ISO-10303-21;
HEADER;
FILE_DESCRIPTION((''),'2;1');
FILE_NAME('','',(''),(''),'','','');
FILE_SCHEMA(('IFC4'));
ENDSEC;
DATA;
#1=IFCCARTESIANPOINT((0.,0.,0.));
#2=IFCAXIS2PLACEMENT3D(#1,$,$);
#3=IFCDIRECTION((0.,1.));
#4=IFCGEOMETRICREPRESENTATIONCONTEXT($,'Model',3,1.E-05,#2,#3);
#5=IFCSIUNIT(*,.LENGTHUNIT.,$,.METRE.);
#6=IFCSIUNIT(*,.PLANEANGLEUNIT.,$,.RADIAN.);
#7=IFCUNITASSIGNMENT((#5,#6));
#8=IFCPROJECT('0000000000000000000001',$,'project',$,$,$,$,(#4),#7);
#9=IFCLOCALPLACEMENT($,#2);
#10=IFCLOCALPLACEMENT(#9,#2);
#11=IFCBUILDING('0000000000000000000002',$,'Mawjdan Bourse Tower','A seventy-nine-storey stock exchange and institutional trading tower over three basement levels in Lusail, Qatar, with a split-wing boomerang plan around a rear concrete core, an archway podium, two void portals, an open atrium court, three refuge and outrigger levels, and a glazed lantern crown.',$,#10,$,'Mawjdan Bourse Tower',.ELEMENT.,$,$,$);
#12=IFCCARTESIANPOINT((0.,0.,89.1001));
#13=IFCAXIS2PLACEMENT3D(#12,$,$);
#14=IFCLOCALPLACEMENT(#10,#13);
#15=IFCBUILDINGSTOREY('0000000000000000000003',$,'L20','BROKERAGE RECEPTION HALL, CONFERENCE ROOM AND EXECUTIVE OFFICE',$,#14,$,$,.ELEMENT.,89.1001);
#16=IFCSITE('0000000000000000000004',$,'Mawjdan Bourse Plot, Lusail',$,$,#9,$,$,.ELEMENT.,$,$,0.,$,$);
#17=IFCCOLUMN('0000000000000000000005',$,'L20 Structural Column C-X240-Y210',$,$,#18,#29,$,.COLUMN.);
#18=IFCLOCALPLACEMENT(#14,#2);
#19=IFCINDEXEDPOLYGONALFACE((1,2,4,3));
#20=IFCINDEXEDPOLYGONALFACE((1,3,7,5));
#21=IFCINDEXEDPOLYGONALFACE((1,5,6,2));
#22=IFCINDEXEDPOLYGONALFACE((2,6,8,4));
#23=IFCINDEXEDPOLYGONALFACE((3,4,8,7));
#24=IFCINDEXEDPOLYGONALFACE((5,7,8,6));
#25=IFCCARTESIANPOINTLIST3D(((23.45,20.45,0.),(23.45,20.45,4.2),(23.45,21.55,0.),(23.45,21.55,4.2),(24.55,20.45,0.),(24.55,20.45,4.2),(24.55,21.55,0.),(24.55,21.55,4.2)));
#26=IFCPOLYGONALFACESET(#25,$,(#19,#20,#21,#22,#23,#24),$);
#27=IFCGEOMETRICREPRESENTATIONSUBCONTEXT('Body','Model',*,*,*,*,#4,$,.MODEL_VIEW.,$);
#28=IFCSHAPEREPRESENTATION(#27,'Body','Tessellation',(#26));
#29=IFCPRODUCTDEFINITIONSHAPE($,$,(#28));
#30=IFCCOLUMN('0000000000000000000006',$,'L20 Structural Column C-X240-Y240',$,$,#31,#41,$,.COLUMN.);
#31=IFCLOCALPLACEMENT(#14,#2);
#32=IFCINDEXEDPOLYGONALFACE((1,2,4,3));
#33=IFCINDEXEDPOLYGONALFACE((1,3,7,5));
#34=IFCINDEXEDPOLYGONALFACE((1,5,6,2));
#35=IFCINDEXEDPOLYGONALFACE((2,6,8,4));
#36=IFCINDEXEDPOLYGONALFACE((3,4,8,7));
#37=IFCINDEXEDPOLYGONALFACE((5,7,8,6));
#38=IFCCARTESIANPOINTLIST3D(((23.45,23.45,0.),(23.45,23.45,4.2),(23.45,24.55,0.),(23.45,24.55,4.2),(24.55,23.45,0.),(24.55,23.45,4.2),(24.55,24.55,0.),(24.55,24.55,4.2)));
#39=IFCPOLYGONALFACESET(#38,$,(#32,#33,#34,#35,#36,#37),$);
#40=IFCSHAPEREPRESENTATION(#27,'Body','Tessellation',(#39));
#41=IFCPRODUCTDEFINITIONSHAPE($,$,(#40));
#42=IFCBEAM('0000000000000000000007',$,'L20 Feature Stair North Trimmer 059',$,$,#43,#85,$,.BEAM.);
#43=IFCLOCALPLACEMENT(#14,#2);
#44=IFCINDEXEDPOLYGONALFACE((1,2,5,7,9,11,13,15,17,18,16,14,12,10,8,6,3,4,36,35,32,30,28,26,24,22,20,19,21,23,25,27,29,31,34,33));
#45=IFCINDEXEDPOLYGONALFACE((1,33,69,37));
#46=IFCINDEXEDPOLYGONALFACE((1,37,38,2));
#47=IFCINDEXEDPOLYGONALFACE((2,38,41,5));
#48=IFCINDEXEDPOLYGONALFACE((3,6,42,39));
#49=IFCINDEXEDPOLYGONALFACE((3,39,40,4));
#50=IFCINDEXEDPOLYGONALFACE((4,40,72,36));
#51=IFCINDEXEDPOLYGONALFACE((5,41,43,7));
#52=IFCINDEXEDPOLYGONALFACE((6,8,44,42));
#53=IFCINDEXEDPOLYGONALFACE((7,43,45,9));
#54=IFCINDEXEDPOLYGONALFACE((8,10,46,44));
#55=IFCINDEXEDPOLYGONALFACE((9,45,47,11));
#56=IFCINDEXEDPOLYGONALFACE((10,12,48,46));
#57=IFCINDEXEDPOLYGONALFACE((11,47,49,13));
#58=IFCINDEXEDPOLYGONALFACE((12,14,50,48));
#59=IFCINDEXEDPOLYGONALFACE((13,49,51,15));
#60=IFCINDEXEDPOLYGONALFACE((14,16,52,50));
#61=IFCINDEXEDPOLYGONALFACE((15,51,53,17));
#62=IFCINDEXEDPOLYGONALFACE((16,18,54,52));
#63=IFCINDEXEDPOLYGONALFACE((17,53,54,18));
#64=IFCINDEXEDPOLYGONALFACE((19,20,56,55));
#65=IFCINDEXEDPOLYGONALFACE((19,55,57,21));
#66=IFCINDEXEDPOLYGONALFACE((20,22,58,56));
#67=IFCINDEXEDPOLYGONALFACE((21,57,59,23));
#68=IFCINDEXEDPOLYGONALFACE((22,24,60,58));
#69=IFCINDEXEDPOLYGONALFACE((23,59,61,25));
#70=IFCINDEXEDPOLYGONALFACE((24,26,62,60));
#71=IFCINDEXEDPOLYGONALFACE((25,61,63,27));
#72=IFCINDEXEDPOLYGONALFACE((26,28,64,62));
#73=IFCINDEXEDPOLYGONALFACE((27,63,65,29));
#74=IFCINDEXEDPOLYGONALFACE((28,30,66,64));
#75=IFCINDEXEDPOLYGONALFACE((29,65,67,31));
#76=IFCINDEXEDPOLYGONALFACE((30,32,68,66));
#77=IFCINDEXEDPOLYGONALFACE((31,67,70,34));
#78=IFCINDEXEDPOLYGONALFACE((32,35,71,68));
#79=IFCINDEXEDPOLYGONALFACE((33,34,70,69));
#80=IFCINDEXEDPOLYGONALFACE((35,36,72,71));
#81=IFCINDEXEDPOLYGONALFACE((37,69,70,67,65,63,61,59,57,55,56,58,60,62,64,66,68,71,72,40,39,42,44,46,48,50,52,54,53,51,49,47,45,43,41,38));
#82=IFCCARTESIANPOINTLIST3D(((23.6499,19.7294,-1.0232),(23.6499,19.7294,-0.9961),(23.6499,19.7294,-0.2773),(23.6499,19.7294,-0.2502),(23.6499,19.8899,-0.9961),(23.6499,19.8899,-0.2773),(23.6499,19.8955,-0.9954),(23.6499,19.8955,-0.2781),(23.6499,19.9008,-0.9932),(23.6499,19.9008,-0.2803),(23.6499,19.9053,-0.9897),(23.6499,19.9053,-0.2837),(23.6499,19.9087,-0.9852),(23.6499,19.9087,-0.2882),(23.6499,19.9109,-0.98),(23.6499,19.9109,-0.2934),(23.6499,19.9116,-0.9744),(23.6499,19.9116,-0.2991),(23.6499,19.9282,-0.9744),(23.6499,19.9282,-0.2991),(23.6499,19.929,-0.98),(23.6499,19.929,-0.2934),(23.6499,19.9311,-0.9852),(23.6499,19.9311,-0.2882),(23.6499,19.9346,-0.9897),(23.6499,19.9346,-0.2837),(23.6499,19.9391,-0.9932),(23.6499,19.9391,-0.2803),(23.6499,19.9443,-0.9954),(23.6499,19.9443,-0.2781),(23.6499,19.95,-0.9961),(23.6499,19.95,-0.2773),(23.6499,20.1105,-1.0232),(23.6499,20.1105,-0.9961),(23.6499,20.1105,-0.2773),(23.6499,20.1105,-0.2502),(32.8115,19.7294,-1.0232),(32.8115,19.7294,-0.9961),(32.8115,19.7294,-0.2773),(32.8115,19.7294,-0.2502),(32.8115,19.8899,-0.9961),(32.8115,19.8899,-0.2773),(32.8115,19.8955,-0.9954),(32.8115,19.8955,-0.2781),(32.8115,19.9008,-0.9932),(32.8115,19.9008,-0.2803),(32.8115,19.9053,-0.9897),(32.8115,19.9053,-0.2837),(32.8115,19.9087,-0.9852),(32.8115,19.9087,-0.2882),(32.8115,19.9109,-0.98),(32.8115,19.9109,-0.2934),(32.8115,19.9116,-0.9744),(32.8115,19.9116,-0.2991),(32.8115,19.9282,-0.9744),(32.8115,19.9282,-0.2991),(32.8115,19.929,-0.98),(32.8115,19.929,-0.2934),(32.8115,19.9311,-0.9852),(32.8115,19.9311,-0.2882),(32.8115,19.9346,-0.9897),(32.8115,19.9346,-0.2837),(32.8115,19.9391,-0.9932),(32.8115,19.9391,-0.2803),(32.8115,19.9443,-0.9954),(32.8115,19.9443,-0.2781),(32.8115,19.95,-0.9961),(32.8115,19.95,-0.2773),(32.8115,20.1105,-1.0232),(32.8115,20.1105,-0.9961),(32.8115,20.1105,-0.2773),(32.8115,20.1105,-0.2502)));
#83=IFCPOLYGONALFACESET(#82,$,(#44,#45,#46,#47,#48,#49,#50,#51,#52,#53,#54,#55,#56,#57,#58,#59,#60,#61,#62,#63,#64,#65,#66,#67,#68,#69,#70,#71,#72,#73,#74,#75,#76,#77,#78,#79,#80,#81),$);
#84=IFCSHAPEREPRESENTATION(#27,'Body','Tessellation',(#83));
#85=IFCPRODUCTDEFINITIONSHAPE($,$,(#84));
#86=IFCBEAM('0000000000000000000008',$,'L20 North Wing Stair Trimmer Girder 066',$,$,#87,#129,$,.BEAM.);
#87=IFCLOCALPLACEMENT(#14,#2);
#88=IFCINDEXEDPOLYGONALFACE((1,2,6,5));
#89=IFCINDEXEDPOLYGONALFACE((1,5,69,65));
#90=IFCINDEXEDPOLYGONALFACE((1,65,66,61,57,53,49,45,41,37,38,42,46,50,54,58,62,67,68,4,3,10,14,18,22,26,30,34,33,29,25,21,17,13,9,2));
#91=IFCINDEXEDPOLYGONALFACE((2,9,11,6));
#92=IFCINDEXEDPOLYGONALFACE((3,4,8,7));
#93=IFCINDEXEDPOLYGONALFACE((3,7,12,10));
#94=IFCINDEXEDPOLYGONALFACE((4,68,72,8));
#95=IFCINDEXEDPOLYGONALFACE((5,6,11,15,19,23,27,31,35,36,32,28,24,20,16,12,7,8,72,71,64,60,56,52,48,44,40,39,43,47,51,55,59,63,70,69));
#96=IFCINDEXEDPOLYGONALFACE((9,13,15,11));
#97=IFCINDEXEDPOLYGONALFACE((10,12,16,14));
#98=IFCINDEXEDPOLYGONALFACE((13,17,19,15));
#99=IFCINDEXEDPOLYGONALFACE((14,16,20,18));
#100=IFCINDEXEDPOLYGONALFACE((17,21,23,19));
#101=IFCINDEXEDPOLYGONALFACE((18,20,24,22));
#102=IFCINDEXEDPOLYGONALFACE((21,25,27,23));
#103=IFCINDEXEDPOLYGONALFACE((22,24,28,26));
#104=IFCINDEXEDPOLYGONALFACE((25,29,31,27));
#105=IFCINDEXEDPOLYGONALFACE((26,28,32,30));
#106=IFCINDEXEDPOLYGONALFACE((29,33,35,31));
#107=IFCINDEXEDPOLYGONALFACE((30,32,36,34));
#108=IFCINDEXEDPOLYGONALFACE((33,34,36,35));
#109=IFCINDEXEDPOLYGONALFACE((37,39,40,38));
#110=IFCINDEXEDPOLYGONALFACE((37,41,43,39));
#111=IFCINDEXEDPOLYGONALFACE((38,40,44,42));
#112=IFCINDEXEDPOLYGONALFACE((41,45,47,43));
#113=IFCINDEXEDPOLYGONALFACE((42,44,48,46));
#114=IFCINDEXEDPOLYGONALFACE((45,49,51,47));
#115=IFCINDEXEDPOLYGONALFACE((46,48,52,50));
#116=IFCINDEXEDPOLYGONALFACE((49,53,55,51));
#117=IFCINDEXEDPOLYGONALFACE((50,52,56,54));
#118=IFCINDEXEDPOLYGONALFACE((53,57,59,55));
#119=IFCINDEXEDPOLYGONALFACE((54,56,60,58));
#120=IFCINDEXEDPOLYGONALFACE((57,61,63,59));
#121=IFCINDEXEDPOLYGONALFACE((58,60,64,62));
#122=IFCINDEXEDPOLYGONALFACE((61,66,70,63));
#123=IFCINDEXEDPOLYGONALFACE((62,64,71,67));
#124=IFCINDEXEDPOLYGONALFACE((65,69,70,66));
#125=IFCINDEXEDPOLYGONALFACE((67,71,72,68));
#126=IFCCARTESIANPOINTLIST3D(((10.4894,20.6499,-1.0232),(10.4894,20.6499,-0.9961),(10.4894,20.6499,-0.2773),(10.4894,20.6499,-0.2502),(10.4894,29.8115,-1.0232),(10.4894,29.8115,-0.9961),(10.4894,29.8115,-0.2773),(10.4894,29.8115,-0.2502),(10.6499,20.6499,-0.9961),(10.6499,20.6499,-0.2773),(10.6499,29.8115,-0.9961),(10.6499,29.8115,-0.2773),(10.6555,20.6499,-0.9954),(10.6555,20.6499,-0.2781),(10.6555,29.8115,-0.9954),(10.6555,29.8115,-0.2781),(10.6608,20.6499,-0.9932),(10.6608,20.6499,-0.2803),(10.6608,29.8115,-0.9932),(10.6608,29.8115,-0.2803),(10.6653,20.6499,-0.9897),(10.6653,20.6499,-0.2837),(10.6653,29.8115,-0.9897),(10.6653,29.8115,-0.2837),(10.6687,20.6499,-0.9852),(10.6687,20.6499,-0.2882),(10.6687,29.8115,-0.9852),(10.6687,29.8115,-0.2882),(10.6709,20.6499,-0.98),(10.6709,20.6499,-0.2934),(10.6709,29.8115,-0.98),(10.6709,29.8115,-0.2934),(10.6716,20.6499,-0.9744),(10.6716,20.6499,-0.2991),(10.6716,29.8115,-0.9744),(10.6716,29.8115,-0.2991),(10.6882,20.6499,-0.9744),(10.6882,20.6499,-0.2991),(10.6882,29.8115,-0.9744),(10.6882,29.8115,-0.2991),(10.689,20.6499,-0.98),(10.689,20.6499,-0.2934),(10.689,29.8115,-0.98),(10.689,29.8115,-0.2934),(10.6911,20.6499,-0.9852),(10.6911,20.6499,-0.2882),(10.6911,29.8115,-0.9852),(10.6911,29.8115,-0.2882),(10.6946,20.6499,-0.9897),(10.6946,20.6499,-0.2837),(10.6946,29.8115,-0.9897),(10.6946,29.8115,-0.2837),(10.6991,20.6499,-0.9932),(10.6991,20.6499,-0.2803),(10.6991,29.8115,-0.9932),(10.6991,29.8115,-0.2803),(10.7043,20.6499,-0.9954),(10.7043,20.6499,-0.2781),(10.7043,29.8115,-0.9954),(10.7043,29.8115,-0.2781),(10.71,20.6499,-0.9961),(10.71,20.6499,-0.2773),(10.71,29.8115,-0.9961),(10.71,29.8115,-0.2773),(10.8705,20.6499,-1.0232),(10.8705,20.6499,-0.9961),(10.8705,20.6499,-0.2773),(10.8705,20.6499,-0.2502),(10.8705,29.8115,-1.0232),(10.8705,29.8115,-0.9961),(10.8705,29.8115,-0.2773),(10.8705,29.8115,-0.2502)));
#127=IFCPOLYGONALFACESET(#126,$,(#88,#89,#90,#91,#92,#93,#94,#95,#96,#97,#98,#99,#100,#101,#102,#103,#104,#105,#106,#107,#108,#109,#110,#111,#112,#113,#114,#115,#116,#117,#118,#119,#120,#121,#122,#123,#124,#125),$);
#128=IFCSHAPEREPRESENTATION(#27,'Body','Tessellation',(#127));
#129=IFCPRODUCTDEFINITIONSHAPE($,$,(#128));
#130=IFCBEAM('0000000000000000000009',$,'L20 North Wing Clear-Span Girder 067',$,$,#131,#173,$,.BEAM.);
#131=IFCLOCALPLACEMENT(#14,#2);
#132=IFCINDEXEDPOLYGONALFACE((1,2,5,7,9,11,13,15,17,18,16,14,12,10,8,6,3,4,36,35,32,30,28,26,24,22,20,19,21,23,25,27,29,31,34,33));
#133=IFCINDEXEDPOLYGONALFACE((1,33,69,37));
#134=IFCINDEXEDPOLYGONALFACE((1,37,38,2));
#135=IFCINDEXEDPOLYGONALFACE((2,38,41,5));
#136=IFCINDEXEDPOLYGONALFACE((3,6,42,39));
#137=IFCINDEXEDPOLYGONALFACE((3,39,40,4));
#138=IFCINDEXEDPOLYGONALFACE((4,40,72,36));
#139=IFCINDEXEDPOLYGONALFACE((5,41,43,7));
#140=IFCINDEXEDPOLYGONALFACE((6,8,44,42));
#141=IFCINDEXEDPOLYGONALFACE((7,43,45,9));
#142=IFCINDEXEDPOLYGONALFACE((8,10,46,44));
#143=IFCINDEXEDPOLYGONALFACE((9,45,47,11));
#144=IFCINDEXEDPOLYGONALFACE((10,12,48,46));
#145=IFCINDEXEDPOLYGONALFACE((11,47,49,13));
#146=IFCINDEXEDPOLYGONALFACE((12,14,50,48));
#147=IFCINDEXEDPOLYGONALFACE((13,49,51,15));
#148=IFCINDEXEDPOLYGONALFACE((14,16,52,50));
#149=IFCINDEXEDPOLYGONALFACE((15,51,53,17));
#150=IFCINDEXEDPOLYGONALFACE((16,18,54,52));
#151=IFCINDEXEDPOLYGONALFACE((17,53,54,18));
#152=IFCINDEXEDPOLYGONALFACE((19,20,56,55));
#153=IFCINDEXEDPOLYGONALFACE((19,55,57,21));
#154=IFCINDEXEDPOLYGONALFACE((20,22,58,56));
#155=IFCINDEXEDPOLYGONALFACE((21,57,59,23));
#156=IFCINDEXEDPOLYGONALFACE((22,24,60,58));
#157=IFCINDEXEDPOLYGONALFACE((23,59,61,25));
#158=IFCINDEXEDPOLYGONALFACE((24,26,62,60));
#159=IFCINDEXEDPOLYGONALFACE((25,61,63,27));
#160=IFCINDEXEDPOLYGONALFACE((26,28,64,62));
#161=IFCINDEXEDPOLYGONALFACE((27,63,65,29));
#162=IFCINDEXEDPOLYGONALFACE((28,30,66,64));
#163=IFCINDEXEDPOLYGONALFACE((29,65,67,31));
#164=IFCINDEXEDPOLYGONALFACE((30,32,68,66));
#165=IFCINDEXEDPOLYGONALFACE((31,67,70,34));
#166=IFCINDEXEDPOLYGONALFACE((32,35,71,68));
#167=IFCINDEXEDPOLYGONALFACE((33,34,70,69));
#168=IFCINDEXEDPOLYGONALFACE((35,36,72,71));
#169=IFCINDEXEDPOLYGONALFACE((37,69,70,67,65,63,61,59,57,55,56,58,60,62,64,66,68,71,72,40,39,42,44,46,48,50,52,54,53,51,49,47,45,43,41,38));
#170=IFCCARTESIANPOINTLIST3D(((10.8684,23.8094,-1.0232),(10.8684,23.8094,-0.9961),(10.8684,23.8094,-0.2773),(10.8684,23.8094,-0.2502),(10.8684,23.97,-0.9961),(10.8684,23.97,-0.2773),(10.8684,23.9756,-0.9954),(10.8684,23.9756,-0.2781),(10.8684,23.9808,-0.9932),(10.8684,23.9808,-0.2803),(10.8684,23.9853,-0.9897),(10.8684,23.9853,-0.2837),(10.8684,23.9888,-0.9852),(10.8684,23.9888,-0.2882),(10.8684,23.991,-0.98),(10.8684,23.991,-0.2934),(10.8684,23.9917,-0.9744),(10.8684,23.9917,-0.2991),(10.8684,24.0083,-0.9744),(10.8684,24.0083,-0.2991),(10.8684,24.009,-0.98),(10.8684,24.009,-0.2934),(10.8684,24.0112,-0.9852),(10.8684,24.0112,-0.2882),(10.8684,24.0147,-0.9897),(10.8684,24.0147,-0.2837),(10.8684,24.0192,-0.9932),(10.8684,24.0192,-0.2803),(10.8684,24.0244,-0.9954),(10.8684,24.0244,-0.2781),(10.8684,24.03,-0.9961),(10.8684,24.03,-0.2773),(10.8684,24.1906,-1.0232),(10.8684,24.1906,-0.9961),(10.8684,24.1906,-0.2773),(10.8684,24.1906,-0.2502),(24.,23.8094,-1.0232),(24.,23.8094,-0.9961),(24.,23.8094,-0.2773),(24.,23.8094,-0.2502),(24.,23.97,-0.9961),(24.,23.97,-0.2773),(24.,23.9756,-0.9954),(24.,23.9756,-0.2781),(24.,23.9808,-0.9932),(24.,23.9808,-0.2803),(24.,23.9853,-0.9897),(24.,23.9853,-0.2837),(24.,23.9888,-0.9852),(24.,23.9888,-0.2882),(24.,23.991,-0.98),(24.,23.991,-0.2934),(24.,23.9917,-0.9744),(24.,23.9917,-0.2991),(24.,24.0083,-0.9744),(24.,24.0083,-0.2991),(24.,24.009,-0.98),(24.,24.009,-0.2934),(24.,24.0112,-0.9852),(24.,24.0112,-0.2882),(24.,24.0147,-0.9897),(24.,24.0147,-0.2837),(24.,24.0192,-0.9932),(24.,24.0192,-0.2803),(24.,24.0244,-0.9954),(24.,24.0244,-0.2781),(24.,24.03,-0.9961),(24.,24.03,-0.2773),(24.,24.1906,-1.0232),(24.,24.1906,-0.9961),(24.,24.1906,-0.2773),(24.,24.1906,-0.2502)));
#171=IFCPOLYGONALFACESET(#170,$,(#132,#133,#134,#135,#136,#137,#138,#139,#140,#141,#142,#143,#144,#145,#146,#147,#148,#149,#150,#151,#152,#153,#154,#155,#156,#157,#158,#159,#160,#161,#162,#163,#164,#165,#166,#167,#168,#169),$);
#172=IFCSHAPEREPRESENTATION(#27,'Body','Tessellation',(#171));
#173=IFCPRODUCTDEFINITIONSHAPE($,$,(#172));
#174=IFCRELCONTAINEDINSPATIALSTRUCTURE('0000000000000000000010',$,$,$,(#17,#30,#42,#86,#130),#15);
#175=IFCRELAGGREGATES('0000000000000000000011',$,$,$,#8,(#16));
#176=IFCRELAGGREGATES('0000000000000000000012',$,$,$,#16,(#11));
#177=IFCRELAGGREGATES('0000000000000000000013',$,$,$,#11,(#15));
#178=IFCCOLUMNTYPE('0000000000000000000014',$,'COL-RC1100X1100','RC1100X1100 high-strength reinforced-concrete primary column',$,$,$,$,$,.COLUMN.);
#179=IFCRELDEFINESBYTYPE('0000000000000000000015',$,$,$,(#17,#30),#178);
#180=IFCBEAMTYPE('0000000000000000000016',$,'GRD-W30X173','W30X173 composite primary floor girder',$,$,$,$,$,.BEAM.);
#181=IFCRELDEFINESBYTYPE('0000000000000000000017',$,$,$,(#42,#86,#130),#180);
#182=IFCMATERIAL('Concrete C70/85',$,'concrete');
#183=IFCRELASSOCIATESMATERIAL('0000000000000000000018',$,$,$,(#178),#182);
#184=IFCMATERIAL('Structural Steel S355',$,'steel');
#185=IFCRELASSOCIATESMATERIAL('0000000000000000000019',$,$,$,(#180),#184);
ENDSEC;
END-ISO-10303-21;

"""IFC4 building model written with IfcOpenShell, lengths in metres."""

from ifc_helpers import new_model, si_unit, direction, frame, origin, origin_2d, place, context, subcontext, project, spatial, rectangle, i_section, extrude, material, material_profile, profile_set, type_object, element, save


model = new_model("IFC4")

# Units and contexts
model_context = context("Model", 3, precision=1e-05, world=origin(), true_north=direction((0.0, 1.0)))
body_context = subcontext(model_context, "Body", "Model", "MODEL_VIEW")
ifc_project = project(units=[si_unit("LENGTHUNIT", "METRE"), si_unit("PLANEANGLEUNIT", "RADIAN")], contexts=[model_context])

# Site, building, storey
site_placement = place(None, origin())
site = spatial("IfcSite", under=ifc_project, at=site_placement, Name="Mawjdan Bourse Plot, Lusail", CompositionType="ELEMENT", RefElevation=0.0)
building_placement = place(site_placement, origin())
building = spatial("IfcBuilding", under=site, at=building_placement, Name="Mawjdan Bourse Tower", Description="A seventy-nine-storey stock exchange and institutional trading tower over three basement levels in Lusail, Qatar, with a split-wing boomerang plan around a rear concrete core, an archway podium, two void portals, an open atrium court, three refuge and outrigger levels, and a glazed lantern crown.", LongName="Mawjdan Bourse Tower", CompositionType="ELEMENT")
storey_placement = place(building_placement, frame((0.0, 0.0, 89.1001)))
storey = spatial("IfcBuildingStorey", under=building, at=storey_placement, Name="L20", Description="BROKERAGE RECEPTION HALL, CONFERENCE ROOM AND EXECUTIVE OFFICE", CompositionType="ELEMENT", Elevation=89.1001)

# Columns
ifc_material_1 = material(Name="Concrete C70/85", Category="concrete")
ifc_material_profile_1 = material_profile(ifc_material_1, rectangle(XDim=1.1001, YDim=1.1001, at=origin_2d()), Name="RC1100X1100")
ifc_profile_set_1 = profile_set([ifc_material_profile_1], Name="Concrete C70/85")
column_type = type_object("IfcColumnType", Name="COL-RC1100X1100", Description="RC1100X1100 high-strength reinforced-concrete primary column", PredefinedType="COLUMN", material=ifc_profile_set_1)
for number, where, z_axis, x_axis, name in (
    (1, (24.0, 21.0, 0.0), (0.0, 0.0, 1.0), (1.0, 0.0, 0.0), "L20 Structural Column C-X240-Y210"),
    (2, (24.0, 24.0, 0.0), (0.0, 0.0, 1.0), (1.0, 0.0, 0.0), "L20 Structural Column C-X240-Y240"),
):
    element("IfcColumn", number, at=place(storey_placement, frame(where, z_axis=z_axis, x_axis=x_axis)), inside=storey, type_object=column_type, Name=name, PredefinedType="COLUMN", context=body_context, shape_type="SweptSolid", body=[
        extrude(rectangle(XDim=1.1001, YDim=1.1001, at=origin_2d()), origin(), (0.0, 0.0, 1.0), 4.2),
    ])

# Beams
ifc_material_2 = material(Name="Structural Steel S355", Category="steel")
ifc_material_profile_2 = material_profile(ifc_material_2, i_section(OverallWidth=0.3811, OverallDepth=0.7729, WebThickness=0.0166, FlangeThickness=0.0271, FilletRadius=0.0217, at=origin_2d()), Name="W30X173")
ifc_profile_set_2 = profile_set([ifc_material_profile_2], Name="Structural Steel S355")
beam_type_1 = type_object("IfcBeamType", Name="GRD-W30X173", Description="W30X173 composite primary floor girder", PredefinedType="BEAM", material=ifc_profile_set_2)
for number, where, z_axis, x_axis, name in (
    (3, (23.6499, 19.9199, -0.6367), (1.0, 0.0, 0.0), (0.0, 1.0, 0.0), "L20 Feature Stair North Trimmer 059"),
    (4, (10.6799, 20.6499, -0.6367), (0.0, 1.0, 0.0), (-1.0, 0.0, 0.0), "L20 North Wing Stair Trimmer Girder 066"),
):
    element("IfcBeam", number, at=place(storey_placement, frame(where, z_axis=z_axis, x_axis=x_axis)), inside=storey, type_object=beam_type_1, Name=name, PredefinedType="BEAM", context=body_context, shape_type="SweptSolid", body=[
        extrude(i_section(OverallWidth=0.3811, OverallDepth=0.7729, WebThickness=0.0166, FlangeThickness=0.0271, FilletRadius=0.0217, at=origin_2d()), origin(), (0.0, 0.0, 1.0), 9.1616),
    ])
beam_1_placement = place(storey_placement, frame((10.8684, 24.0, -0.6367), z_axis=(1.0, 0.0, 0.0), x_axis=(0.0, 1.0, 0.0)))
element("IfcBeam", 5, at=beam_1_placement, inside=storey, type_object=beam_type_1, Name="L20 North Wing Clear-Span Girder 067", PredefinedType="BEAM", context=body_context, shape_type="SweptSolid", body=[
    extrude(i_section(OverallWidth=0.3811, OverallDepth=0.7729, WebThickness=0.0166, FlangeThickness=0.0271, FilletRadius=0.0217, at=origin_2d()), origin(), (0.0, 0.0, 1.0), 13.1316),
])

save(model, "model.ifc")
